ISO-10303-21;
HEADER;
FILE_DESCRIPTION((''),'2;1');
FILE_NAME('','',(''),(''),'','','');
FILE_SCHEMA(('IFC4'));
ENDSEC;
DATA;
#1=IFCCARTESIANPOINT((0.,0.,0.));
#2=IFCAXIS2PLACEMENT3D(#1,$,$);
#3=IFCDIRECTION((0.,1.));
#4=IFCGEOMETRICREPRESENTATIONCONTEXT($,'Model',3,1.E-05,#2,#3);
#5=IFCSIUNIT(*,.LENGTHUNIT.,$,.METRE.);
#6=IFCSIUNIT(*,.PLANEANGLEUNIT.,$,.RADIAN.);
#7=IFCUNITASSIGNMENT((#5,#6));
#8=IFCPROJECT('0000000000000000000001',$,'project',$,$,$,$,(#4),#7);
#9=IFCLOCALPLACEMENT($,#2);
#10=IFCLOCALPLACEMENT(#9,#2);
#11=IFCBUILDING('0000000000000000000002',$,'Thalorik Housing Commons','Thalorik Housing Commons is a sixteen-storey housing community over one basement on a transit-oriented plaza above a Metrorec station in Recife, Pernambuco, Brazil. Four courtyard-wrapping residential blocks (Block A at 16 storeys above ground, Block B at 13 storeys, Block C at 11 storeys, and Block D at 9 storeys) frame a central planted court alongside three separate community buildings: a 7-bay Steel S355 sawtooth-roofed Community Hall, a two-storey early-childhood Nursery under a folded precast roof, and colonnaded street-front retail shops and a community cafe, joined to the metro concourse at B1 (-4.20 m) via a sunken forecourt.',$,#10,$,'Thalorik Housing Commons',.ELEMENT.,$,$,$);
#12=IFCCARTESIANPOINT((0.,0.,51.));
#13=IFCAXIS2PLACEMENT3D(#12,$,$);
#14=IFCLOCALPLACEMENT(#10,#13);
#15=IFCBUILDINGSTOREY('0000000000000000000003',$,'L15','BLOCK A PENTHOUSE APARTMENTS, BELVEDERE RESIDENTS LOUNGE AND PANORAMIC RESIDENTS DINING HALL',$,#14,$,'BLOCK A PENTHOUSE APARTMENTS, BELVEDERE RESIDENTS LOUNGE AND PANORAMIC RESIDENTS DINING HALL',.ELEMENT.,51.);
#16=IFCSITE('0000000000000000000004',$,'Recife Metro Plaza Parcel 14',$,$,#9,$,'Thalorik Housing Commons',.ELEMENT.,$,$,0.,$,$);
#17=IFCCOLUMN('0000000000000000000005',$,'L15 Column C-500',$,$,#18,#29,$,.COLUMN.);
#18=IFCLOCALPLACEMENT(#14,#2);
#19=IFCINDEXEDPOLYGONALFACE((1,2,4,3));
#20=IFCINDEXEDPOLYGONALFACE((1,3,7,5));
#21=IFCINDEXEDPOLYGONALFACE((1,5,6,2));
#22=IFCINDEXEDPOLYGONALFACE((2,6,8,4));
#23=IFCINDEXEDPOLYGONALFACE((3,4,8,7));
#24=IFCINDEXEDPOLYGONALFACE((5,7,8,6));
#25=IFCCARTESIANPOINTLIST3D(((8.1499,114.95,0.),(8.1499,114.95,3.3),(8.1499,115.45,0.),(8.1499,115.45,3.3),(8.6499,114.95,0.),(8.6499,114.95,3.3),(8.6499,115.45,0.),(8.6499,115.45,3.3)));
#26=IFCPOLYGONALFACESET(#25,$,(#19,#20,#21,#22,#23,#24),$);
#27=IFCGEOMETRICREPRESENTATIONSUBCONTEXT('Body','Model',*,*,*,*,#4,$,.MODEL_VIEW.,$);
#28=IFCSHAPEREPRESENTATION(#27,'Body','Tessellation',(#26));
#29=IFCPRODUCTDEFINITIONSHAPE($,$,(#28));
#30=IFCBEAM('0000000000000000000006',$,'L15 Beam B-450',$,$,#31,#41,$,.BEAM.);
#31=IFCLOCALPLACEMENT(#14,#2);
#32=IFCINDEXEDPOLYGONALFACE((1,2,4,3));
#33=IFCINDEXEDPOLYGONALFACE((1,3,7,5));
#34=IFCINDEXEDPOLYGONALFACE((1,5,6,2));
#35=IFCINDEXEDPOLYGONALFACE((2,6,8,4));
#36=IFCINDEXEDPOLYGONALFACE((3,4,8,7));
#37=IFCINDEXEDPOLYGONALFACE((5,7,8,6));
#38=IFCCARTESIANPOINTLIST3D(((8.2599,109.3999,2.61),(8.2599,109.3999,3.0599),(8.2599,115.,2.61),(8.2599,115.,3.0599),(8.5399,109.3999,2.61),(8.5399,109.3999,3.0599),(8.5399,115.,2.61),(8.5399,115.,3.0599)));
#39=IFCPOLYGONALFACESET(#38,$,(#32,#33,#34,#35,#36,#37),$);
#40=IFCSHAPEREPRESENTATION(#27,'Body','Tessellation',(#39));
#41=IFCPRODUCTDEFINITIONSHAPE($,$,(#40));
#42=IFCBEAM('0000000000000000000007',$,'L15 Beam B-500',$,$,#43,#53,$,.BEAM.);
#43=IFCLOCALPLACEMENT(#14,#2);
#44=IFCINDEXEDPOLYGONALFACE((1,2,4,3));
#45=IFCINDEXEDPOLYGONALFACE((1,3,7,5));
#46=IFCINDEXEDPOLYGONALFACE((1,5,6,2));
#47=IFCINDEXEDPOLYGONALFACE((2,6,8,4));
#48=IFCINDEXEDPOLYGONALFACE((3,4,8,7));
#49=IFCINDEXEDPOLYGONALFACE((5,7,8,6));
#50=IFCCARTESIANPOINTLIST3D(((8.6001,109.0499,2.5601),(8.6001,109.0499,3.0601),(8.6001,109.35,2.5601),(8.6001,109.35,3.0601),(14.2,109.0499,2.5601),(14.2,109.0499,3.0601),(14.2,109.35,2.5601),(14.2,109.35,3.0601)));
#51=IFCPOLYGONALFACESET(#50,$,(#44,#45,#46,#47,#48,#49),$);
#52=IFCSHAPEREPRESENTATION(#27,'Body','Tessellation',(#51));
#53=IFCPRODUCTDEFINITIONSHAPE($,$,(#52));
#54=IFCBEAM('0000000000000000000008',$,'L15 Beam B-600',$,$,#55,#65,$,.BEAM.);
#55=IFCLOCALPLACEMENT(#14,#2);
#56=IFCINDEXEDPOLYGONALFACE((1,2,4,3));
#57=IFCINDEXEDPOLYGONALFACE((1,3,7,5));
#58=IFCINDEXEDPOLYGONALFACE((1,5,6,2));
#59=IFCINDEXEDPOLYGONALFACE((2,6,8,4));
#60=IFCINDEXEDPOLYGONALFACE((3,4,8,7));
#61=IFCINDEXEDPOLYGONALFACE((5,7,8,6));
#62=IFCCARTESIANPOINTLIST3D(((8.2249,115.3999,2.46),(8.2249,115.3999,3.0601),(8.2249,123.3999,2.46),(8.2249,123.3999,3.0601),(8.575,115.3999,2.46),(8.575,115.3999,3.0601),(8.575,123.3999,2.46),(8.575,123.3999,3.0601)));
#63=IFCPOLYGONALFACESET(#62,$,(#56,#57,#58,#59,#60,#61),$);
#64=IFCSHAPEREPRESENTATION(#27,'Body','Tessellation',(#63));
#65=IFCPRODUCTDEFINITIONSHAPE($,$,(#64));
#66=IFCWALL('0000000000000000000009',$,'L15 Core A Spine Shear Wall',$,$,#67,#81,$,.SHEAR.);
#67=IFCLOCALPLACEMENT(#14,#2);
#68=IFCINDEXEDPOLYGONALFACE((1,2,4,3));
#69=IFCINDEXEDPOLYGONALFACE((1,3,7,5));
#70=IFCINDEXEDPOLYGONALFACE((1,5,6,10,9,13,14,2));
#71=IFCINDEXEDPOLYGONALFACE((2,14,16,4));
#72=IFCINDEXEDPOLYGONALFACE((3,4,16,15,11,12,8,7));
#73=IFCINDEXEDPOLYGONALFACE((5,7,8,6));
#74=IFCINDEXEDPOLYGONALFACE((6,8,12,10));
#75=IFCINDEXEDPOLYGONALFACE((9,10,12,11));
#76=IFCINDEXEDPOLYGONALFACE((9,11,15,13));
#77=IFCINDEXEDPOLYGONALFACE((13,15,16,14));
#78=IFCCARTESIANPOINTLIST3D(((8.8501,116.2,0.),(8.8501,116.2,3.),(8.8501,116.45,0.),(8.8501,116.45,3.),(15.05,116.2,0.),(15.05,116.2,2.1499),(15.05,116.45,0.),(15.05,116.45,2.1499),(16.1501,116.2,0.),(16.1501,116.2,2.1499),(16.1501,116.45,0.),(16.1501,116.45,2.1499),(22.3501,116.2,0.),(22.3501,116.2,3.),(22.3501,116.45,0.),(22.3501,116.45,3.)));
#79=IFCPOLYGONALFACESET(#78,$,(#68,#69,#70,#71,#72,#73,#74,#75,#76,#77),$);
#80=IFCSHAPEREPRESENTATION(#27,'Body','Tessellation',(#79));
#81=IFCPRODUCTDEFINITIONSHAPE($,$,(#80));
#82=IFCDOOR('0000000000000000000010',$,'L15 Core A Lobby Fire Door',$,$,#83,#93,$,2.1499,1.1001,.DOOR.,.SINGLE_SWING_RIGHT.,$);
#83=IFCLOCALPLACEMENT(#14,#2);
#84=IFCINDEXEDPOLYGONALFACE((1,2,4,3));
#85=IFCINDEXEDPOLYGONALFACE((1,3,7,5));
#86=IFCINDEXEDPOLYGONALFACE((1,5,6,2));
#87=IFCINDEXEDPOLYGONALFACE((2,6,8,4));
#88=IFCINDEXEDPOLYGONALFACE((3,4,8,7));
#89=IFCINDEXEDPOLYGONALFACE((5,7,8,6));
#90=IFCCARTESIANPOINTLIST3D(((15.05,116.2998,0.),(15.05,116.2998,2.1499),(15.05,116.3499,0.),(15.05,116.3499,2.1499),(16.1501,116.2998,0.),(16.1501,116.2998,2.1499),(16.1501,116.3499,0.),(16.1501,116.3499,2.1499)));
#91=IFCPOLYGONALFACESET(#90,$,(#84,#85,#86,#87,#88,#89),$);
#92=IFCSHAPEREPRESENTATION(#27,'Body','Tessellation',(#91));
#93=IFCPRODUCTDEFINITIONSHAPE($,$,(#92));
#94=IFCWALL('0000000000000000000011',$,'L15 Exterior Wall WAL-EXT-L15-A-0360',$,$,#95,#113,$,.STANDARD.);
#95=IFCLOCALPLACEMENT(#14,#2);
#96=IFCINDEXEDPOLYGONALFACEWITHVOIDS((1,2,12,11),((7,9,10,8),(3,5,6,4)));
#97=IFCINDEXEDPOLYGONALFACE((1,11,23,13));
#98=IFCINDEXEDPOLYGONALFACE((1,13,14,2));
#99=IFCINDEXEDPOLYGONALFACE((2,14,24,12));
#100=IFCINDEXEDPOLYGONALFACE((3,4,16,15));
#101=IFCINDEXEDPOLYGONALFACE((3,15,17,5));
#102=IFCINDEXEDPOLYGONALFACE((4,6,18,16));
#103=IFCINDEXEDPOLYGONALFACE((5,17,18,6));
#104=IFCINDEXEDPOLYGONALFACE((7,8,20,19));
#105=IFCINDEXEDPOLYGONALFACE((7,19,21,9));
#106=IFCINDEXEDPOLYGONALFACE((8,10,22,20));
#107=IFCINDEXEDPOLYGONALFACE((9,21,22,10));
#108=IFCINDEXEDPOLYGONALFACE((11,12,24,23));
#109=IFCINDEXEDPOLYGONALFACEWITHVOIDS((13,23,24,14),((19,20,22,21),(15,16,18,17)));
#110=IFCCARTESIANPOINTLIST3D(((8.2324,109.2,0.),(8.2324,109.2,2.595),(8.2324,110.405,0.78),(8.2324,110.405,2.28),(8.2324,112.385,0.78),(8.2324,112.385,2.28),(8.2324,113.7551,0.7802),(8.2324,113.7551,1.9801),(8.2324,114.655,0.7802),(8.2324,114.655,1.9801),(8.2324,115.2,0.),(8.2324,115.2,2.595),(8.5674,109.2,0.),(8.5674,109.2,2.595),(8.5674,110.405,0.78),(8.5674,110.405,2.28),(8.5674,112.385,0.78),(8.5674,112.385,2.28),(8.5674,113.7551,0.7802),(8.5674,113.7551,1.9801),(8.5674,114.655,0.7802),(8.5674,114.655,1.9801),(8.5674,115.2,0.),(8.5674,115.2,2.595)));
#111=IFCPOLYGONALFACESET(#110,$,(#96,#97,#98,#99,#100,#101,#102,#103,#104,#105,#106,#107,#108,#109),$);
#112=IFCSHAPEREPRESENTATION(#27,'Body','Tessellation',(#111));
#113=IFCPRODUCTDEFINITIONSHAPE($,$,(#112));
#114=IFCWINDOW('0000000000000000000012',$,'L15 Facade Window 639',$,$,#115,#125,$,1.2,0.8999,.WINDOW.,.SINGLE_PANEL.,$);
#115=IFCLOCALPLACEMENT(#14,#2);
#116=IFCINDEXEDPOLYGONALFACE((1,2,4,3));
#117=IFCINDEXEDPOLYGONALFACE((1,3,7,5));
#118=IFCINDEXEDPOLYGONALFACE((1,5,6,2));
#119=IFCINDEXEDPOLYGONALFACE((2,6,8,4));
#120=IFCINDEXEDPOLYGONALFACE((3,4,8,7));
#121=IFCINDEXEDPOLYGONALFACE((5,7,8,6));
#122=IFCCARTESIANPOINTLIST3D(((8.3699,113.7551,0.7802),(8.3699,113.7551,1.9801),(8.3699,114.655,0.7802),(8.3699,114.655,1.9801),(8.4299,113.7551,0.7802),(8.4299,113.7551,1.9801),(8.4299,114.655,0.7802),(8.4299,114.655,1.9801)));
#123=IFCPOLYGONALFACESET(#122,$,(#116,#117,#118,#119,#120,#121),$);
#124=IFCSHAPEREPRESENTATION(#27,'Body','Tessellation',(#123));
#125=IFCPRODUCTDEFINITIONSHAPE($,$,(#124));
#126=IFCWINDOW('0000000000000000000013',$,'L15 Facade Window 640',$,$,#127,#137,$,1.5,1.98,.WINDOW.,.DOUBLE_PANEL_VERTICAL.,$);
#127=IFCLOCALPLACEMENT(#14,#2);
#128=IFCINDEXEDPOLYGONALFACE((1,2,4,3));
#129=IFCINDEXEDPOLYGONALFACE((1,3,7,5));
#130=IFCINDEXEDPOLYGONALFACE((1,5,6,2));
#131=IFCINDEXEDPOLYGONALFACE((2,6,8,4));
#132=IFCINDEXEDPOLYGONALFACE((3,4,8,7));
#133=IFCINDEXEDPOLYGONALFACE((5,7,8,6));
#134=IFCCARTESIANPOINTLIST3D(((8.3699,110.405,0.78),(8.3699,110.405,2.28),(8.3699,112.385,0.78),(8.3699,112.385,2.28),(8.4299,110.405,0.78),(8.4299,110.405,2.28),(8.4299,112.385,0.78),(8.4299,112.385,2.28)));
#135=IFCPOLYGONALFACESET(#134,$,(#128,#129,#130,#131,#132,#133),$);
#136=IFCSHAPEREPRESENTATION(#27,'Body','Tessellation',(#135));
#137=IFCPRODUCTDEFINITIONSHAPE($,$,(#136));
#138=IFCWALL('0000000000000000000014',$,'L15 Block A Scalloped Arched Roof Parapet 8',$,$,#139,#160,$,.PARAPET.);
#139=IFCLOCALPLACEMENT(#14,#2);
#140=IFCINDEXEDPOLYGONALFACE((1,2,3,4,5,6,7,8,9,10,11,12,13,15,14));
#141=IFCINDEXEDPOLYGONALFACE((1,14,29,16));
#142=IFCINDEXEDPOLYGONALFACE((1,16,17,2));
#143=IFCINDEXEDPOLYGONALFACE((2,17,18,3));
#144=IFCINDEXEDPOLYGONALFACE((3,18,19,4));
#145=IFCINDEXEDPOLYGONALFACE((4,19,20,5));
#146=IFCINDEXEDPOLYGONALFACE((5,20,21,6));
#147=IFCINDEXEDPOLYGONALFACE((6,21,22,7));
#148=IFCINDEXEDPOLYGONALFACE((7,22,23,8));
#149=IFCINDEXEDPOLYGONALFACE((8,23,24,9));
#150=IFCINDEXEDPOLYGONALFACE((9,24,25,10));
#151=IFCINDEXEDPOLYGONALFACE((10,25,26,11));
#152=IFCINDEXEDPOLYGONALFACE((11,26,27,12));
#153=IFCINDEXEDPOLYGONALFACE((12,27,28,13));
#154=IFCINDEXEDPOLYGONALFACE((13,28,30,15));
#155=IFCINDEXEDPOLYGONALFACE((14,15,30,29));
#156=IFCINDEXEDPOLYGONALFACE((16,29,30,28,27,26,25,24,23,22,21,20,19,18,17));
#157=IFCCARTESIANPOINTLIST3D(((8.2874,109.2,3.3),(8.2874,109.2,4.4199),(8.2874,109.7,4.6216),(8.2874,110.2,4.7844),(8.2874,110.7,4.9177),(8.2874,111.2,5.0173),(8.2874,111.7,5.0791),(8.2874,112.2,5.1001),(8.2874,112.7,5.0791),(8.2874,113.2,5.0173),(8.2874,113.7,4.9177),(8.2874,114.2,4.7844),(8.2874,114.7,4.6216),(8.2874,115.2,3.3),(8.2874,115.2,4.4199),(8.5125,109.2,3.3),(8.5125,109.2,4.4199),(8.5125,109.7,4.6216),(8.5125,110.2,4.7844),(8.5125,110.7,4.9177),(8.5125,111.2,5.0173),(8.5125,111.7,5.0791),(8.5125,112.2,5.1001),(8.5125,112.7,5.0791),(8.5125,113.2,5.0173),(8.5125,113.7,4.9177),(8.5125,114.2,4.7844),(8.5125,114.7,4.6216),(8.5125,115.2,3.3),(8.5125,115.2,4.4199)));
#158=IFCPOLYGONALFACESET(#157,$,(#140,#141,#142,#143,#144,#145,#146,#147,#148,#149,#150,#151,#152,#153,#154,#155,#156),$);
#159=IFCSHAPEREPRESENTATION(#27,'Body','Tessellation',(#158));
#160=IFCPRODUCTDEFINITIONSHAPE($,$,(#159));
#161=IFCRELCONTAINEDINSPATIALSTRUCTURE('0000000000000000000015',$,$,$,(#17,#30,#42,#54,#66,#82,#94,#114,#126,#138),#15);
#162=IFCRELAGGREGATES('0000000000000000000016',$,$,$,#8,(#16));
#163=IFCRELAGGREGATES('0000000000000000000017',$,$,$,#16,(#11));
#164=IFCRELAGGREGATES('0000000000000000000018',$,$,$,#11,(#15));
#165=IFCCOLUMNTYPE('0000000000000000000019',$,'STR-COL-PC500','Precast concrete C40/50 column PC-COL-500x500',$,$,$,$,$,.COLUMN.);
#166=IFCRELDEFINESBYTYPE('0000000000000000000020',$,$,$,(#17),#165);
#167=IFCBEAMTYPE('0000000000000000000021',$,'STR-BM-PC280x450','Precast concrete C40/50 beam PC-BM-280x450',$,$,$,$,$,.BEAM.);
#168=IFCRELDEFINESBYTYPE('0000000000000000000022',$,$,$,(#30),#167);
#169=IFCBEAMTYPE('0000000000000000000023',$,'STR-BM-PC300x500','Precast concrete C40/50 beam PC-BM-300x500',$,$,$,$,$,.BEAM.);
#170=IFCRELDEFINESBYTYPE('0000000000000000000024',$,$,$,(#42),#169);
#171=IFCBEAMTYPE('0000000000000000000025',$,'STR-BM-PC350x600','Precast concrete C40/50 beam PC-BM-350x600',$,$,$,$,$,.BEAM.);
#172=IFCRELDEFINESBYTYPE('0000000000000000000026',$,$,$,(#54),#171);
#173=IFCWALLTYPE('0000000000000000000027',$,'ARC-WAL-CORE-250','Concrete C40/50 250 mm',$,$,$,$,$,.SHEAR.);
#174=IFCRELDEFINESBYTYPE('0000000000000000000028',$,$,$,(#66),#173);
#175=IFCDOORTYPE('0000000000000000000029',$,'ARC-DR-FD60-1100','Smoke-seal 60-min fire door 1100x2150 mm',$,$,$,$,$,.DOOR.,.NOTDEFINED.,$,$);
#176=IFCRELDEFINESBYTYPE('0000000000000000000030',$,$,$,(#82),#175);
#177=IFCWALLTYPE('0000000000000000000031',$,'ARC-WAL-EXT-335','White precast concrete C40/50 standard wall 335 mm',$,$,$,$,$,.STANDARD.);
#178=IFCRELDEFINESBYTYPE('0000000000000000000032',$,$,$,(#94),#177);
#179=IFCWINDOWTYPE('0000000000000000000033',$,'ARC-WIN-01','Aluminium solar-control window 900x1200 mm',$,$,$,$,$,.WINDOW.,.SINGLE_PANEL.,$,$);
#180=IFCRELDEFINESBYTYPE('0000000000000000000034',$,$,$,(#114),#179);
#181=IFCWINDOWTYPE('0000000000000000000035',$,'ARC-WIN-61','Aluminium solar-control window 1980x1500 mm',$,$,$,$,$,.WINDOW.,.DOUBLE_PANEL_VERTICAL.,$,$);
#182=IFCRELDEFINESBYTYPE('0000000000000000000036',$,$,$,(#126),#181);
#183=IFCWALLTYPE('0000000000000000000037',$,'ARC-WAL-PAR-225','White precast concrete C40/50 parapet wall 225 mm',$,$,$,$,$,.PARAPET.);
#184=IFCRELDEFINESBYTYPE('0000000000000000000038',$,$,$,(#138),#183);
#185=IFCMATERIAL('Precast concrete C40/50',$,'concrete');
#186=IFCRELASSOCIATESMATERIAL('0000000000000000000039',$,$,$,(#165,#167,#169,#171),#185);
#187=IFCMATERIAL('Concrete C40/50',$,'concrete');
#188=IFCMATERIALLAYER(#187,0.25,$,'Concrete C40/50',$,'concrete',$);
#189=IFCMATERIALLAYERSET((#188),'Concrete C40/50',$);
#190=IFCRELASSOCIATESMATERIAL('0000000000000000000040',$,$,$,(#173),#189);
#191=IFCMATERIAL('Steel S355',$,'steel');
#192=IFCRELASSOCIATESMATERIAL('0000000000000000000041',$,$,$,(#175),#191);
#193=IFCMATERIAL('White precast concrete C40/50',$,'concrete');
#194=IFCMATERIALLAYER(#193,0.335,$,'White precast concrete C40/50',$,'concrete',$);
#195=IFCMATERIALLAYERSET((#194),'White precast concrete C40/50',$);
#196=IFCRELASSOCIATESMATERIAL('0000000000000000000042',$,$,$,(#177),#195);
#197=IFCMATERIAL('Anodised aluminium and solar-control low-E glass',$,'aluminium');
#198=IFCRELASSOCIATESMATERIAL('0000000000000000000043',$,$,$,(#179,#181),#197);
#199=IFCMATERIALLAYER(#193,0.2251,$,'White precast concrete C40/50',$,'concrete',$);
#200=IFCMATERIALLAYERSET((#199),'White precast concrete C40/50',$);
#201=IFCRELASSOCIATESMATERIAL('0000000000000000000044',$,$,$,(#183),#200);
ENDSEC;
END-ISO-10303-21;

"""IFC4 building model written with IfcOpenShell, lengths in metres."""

from ifc_helpers import new_model, si_unit, direction, frame, frame_2d, origin, origin_2d, place, context, subcontext, project, spatial, polyline, rectangle, outline, extrude, material, layer, layer_set, material_profile, profile_set, type_object, element, fill, save


model = new_model("IFC4")

# Units and contexts
model_context = context("Model", 3, precision=1e-05, world=origin(), true_north=direction((0.0, 1.0)))
body_context = subcontext(model_context, "Body", "Model", "MODEL_VIEW")
ifc_project = project(units=[si_unit("LENGTHUNIT", "METRE"), si_unit("PLANEANGLEUNIT", "RADIAN")], contexts=[model_context])

# Site, building, storey
site_placement = place(None, origin())
site = spatial("IfcSite", under=ifc_project, at=site_placement, Name="Recife Metro Plaza Parcel 14", LongName="Thalorik Housing Commons", CompositionType="ELEMENT", RefElevation=0.0)
building_placement = place(site_placement, origin())
building = spatial("IfcBuilding", under=site, at=building_placement, Name="Thalorik Housing Commons", Description="Thalorik Housing Commons is a sixteen-storey housing community over one basement on a transit-oriented plaza above a Metrorec station in Recife, Pernambuco, Brazil. Four courtyard-wrapping residential blocks (Block A at 16 storeys above ground, Block B at 13 storeys, Block C at 11 storeys, and Block D at 9 storeys) frame a central planted court alongside three separate community buildings: a 7-bay Steel S355 sawtooth-roofed Community Hall, a two-storey early-childhood Nursery under a folded precast roof, and colonnaded street-front retail shops and a community cafe, joined to the metro concourse at B1 (-4.20 m) via a sunken forecourt.", LongName="Thalorik Housing Commons", CompositionType="ELEMENT")
storey_placement = place(building_placement, frame((0.0, 0.0, 51.0)))
storey = spatial("IfcBuildingStorey", under=building, at=storey_placement, Name="L15", Description="BLOCK A PENTHOUSE APARTMENTS, BELVEDERE RESIDENTS LOUNGE AND PANORAMIC RESIDENTS DINING HALL", LongName="BLOCK A PENTHOUSE APARTMENTS, BELVEDERE RESIDENTS LOUNGE AND PANORAMIC RESIDENTS DINING HALL", CompositionType="ELEMENT", Elevation=51.0)

# Column
ifc_material_1 = material(Name="Precast concrete C40/50", Category="concrete")
ifc_material_profile_1 = material_profile(ifc_material_1, rectangle(XDim=0.5, YDim=0.5, at=origin_2d()), Name="PC 500x500", Category="concrete")
ifc_profile_set_1 = profile_set([ifc_material_profile_1], Name="Precast concrete C40/50")
column_type = type_object("IfcColumnType", Name="STR-COL-PC500", Description="Precast concrete C40/50 column PC-COL-500x500", PredefinedType="COLUMN", material=ifc_profile_set_1)
column_placement = place(storey_placement, frame((8.3999, 115.2, 0.0), z_axis=(0.0, 0.0, 1.0), x_axis=(1.0, 0.0, 0.0)))
element("IfcColumn", 1, at=column_placement, inside=storey, type_object=column_type, Name="L15 Column C-500", PredefinedType="COLUMN", context=body_context, shape_type="SweptSolid", body=[
    extrude(rectangle(XDim=0.5, YDim=0.5, at=origin_2d()), origin(), (0.0, 0.0, 1.0), 3.3),
])

# Beams
ifc_material_profile_2 = material_profile(ifc_material_1, rectangle(XDim=0.28, YDim=0.45, at=origin_2d()), Name="PC 280x450", Category="concrete")
ifc_profile_set_2 = profile_set([ifc_material_profile_2], Name="Precast concrete C40/50")
beam_type_1 = type_object("IfcBeamType", Name="STR-BM-PC280x450", Description="Precast concrete C40/50 beam PC-BM-280x450", PredefinedType="BEAM", material=ifc_profile_set_2)
beam_1_placement = place(storey_placement, frame((8.3999, 109.3999, 2.835), z_axis=(0.0, 1.0, 0.0), x_axis=(-1.0, 0.0, 0.0)))
element("IfcBeam", 2, at=beam_1_placement, inside=storey, type_object=beam_type_1, Name="L15 Beam B-450", PredefinedType="BEAM", context=body_context, shape_type="SweptSolid", body=[
    extrude(rectangle(XDim=0.28, YDim=0.45, at=origin_2d()), origin(), (0.0, 0.0, 1.0), 5.6001),
])
ifc_material_profile_3 = material_profile(ifc_material_1, rectangle(XDim=0.3, YDim=0.5, at=origin_2d()), Name="PC 300x500", Category="concrete")
ifc_profile_set_3 = profile_set([ifc_material_profile_3], Name="Precast concrete C40/50")
beam_type_2 = type_object("IfcBeamType", Name="STR-BM-PC300x500", Description="Precast concrete C40/50 beam PC-BM-300x500", PredefinedType="BEAM", material=ifc_profile_set_3)
beam_2_placement = place(storey_placement, frame((8.6001, 109.2, 2.8101), z_axis=(1.0, 0.0, 0.0), x_axis=(0.0, 1.0, 0.0)))
element("IfcBeam", 3, at=beam_2_placement, inside=storey, type_object=beam_type_2, Name="L15 Beam B-500", PredefinedType="BEAM", context=body_context, shape_type="SweptSolid", body=[
    extrude(rectangle(XDim=0.3, YDim=0.5, at=origin_2d()), origin(), (0.0, 0.0, 1.0), 5.5999),
])
ifc_material_profile_4 = material_profile(ifc_material_1, rectangle(XDim=0.3501, YDim=0.6001, at=origin_2d()), Name="PC 350x600", Category="concrete")
ifc_profile_set_4 = profile_set([ifc_material_profile_4], Name="Precast concrete C40/50")
beam_type_3 = type_object("IfcBeamType", Name="STR-BM-PC350x600", Description="Precast concrete C40/50 beam PC-BM-350x600", PredefinedType="BEAM", material=ifc_profile_set_4)
beam_3_placement = place(storey_placement, frame((8.3999, 115.3999, 2.76), z_axis=(0.0, 1.0, 0.0), x_axis=(-1.0, 0.0, 0.0)))
element("IfcBeam", 4, at=beam_3_placement, inside=storey, type_object=beam_type_3, Name="L15 Beam B-600", PredefinedType="BEAM", context=body_context, shape_type="SweptSolid", body=[
    extrude(rectangle(XDim=0.3501, YDim=0.6001, at=origin_2d()), origin(), (0.0, 0.0, 1.0), 8.0),
])

# Wall, opening, door
ifc_material_2 = material(Name="Concrete C40/50", Category="concrete")
ifc_layer_1 = layer(ifc_material_2, 0.25, Name="Concrete C40/50", Category="concrete")
ifc_layer_set_1 = layer_set([ifc_layer_1], Name="Concrete C40/50")
wall_type_1 = type_object("IfcWallType", Name="ARC-WAL-CORE-250", Description="Concrete C40/50 250 mm", PredefinedType="SHEAR", material=ifc_layer_set_1)
ifc_material_3 = material(Name="Steel S355", Category="steel")
wall_1_placement = place(storey_placement, frame((8.8501, 116.325, 0.0), z_axis=(0.0, 0.0, 1.0), x_axis=(1.0, 0.0, 0.0)))
wall_1 = element("IfcWall", 5, at=wall_1_placement, inside=storey, type_object=wall_type_1, Name="L15 Core A Spine Shear Wall", PredefinedType="SHEAR", context=body_context, shape_type="SweptSolid", body=[
    extrude(rectangle(XDim=13.5, YDim=0.25, at=frame_2d((6.75, 0.0))), origin(), (0.0, 0.0, 1.0), 3.0),
])
opening_1_placement = place(wall_1_placement, frame((6.2, 0.0, 0.0)))
opening_1 = element("IfcOpeningElement", 6, at=opening_1_placement, cuts=wall_1, PredefinedType="OPENING", context=body_context, shape_type="SweptSolid", body=[
    extrude(rectangle(XDim=1.1001, YDim=2.1499, at=frame_2d((0.55, 1.075))), frame((0.0, 0.135, 0.0), z_axis=(0.0, -1.0, 0.0), x_axis=(1.0, 0.0, 0.0)), (0.0, 0.0, 1.0), 0.27),
])
door_type_1 = type_object("IfcDoorType", Name="ARC-DR-FD60-1100", Description="Smoke-seal 60-min fire door 1100x2150 mm", OperationType="NOTDEFINED", PredefinedType="DOOR", material=ifc_material_3)
door_1_placement = place(opening_1_placement, origin())
door_1 = element("IfcDoor", 7, at=door_1_placement, inside=storey, type_object=door_type_1, Name="L15 Core A Lobby Fire Door", OperationType="SINGLE_SWING_RIGHT", OverallHeight=2.1499, OverallWidth=1.1001, PredefinedType="DOOR", context=body_context, shape_type="SweptSolid", body=[
    extrude(rectangle(XDim=1.1001, YDim=2.1499, at=frame_2d((0.55, 1.075))), frame((0.0, 0.0249, 0.0), z_axis=(0.0, -1.0, 0.0), x_axis=(1.0, 0.0, 0.0)), (0.0, 0.0, 1.0), 0.05),
])
fill(opening_1, door_1)

# Wall, openings, windows
ifc_material_4 = material(Name="White precast concrete C40/50", Category="concrete")
ifc_layer_2 = layer(ifc_material_4, 0.335, Name="White precast concrete C40/50", Category="concrete")
ifc_layer_set_2 = layer_set([ifc_layer_2], Name="White precast concrete C40/50")
wall_type_2 = type_object("IfcWallType", Name="ARC-WAL-EXT-335", Description="White precast concrete C40/50 standard wall 335 mm", PredefinedType="STANDARD", material=ifc_layer_set_2)
wall_2_placement = place(storey_placement, frame((8.3999, 115.2, 0.0), z_axis=(0.0, 0.0, 1.0), x_axis=(0.0, -1.0, 0.0)))
wall_2 = element("IfcWall", 8, at=wall_2_placement, inside=storey, type_object=wall_type_2, Name="L15 Exterior Wall WAL-EXT-L15-A-0360", PredefinedType="STANDARD", context=body_context, shape_type="SweptSolid", body=[
    extrude(rectangle(XDim=6.0, YDim=0.335, at=frame_2d((3.0, 0.0))), origin(), (0.0, 0.0, 1.0), 2.595),
])
opening_2_placement = place(wall_2_placement, frame((0.5449, 0.0, 0.78)))
opening_2 = element("IfcOpeningElement", 9, at=opening_2_placement, cuts=wall_2, PredefinedType="OPENING", context=body_context, shape_type="SweptSolid", body=[
    extrude(rectangle(XDim=0.8999, YDim=1.2, at=frame_2d((0.45, 0.6001))), frame((0.0, 0.1775, 0.0), z_axis=(0.0, -1.0, 0.0), x_axis=(1.0, 0.0, 0.0)), (0.0, 0.0, 1.0), 0.355),
])
opening_3_placement = place(wall_2_placement, frame((2.8149, 0.0, 0.78)))
opening_3 = element("IfcOpeningElement", 10, at=opening_3_placement, cuts=wall_2, PredefinedType="OPENING", context=body_context, shape_type="SweptSolid", body=[
    extrude(rectangle(XDim=1.98, YDim=1.5, at=frame_2d((0.99, 0.75))), frame((0.0, 0.1775, 0.0), z_axis=(0.0, -1.0, 0.0), x_axis=(1.0, 0.0, 0.0)), (0.0, 0.0, 1.0), 0.355),
])
ifc_material_5 = material(Name="Anodised aluminium and solar-control low-E glass", Category="aluminium")
window_type_1 = type_object("IfcWindowType", Name="ARC-WIN-01", Description="Aluminium solar-control window 900x1200 mm", PartitioningType="SINGLE_PANEL", PredefinedType="WINDOW", material=ifc_material_5)
window_1_placement = place(opening_2_placement, origin())
window_1 = element("IfcWindow", 11, at=window_1_placement, inside=storey, type_object=window_type_1, Name="L15 Facade Window 639", OverallHeight=1.2, OverallWidth=0.8999, PartitioningType="SINGLE_PANEL", PredefinedType="WINDOW", context=body_context, shape_type="SweptSolid", body=[
    extrude(rectangle(XDim=0.8999, YDim=1.2, at=frame_2d((0.45, 0.6001))), frame((0.0, 0.03, 0.0), z_axis=(0.0, -1.0, 0.0), x_axis=(1.0, 0.0, 0.0)), (0.0, 0.0, 1.0), 0.0601),
])
fill(opening_2, window_1)
window_type_2 = type_object("IfcWindowType", Name="ARC-WIN-61", Description="Aluminium solar-control window 1980x1500 mm", PartitioningType="DOUBLE_PANEL_VERTICAL", PredefinedType="WINDOW", material=ifc_material_5)
window_2_placement = place(opening_3_placement, origin())
window_2 = element("IfcWindow", 12, at=window_2_placement, inside=storey, type_object=window_type_2, Name="L15 Facade Window 640", OverallHeight=1.5, OverallWidth=1.98, PartitioningType="DOUBLE_PANEL_VERTICAL", PredefinedType="WINDOW", context=body_context, shape_type="SweptSolid", body=[
    extrude(rectangle(XDim=1.98, YDim=1.5, at=frame_2d((0.99, 0.75))), frame((0.0, 0.03, 0.0), z_axis=(0.0, -1.0, 0.0), x_axis=(1.0, 0.0, 0.0)), (0.0, 0.0, 1.0), 0.0601),
])
fill(opening_3, window_2)

# Wall
ifc_layer_3 = layer(ifc_material_4, 0.2251, Name="White precast concrete C40/50", Category="concrete")
ifc_layer_set_3 = layer_set([ifc_layer_3], Name="White precast concrete C40/50")
wall_type_3 = type_object("IfcWallType", Name="ARC-WAL-PAR-225", Description="White precast concrete C40/50 parapet wall 225 mm", PredefinedType="PARAPET", material=ifc_layer_set_3)
wall_3_placement = place(storey_placement, frame((8.3999, 115.2, 3.3), z_axis=(0.0, 0.0, 1.0), x_axis=(0.0, -1.0, 0.0)))
element("IfcWall", 13, at=wall_3_placement, inside=storey, type_object=wall_type_3, Name="L15 Block A Scalloped Arched Roof Parapet 8", PredefinedType="PARAPET", context=body_context, shape_type="SweptSolid", body=[
    extrude(outline(polyline([(0.0, 0.0), (6.0, 0.0), (6.0, 1.1199), (5.5, 1.3215), (5.0, 1.4844), (4.5, 1.6177), (4.0, 1.7173), (3.5, 1.7791), (3.0, 1.8), (2.5, 1.7791), (2.0, 1.7173), (1.5, 1.6177), (1.0, 1.4844), (0.5, 1.3215), (0.0, 1.1199), (0.0, 0.0)])), frame((0.0, 0.1125, 0.0), z_axis=(0.0, -1.0, 0.0), x_axis=(1.0, 0.0, 0.0)), (0.0, 0.0, 1.0), 0.2251),
])

save(model, "model.ifc")
